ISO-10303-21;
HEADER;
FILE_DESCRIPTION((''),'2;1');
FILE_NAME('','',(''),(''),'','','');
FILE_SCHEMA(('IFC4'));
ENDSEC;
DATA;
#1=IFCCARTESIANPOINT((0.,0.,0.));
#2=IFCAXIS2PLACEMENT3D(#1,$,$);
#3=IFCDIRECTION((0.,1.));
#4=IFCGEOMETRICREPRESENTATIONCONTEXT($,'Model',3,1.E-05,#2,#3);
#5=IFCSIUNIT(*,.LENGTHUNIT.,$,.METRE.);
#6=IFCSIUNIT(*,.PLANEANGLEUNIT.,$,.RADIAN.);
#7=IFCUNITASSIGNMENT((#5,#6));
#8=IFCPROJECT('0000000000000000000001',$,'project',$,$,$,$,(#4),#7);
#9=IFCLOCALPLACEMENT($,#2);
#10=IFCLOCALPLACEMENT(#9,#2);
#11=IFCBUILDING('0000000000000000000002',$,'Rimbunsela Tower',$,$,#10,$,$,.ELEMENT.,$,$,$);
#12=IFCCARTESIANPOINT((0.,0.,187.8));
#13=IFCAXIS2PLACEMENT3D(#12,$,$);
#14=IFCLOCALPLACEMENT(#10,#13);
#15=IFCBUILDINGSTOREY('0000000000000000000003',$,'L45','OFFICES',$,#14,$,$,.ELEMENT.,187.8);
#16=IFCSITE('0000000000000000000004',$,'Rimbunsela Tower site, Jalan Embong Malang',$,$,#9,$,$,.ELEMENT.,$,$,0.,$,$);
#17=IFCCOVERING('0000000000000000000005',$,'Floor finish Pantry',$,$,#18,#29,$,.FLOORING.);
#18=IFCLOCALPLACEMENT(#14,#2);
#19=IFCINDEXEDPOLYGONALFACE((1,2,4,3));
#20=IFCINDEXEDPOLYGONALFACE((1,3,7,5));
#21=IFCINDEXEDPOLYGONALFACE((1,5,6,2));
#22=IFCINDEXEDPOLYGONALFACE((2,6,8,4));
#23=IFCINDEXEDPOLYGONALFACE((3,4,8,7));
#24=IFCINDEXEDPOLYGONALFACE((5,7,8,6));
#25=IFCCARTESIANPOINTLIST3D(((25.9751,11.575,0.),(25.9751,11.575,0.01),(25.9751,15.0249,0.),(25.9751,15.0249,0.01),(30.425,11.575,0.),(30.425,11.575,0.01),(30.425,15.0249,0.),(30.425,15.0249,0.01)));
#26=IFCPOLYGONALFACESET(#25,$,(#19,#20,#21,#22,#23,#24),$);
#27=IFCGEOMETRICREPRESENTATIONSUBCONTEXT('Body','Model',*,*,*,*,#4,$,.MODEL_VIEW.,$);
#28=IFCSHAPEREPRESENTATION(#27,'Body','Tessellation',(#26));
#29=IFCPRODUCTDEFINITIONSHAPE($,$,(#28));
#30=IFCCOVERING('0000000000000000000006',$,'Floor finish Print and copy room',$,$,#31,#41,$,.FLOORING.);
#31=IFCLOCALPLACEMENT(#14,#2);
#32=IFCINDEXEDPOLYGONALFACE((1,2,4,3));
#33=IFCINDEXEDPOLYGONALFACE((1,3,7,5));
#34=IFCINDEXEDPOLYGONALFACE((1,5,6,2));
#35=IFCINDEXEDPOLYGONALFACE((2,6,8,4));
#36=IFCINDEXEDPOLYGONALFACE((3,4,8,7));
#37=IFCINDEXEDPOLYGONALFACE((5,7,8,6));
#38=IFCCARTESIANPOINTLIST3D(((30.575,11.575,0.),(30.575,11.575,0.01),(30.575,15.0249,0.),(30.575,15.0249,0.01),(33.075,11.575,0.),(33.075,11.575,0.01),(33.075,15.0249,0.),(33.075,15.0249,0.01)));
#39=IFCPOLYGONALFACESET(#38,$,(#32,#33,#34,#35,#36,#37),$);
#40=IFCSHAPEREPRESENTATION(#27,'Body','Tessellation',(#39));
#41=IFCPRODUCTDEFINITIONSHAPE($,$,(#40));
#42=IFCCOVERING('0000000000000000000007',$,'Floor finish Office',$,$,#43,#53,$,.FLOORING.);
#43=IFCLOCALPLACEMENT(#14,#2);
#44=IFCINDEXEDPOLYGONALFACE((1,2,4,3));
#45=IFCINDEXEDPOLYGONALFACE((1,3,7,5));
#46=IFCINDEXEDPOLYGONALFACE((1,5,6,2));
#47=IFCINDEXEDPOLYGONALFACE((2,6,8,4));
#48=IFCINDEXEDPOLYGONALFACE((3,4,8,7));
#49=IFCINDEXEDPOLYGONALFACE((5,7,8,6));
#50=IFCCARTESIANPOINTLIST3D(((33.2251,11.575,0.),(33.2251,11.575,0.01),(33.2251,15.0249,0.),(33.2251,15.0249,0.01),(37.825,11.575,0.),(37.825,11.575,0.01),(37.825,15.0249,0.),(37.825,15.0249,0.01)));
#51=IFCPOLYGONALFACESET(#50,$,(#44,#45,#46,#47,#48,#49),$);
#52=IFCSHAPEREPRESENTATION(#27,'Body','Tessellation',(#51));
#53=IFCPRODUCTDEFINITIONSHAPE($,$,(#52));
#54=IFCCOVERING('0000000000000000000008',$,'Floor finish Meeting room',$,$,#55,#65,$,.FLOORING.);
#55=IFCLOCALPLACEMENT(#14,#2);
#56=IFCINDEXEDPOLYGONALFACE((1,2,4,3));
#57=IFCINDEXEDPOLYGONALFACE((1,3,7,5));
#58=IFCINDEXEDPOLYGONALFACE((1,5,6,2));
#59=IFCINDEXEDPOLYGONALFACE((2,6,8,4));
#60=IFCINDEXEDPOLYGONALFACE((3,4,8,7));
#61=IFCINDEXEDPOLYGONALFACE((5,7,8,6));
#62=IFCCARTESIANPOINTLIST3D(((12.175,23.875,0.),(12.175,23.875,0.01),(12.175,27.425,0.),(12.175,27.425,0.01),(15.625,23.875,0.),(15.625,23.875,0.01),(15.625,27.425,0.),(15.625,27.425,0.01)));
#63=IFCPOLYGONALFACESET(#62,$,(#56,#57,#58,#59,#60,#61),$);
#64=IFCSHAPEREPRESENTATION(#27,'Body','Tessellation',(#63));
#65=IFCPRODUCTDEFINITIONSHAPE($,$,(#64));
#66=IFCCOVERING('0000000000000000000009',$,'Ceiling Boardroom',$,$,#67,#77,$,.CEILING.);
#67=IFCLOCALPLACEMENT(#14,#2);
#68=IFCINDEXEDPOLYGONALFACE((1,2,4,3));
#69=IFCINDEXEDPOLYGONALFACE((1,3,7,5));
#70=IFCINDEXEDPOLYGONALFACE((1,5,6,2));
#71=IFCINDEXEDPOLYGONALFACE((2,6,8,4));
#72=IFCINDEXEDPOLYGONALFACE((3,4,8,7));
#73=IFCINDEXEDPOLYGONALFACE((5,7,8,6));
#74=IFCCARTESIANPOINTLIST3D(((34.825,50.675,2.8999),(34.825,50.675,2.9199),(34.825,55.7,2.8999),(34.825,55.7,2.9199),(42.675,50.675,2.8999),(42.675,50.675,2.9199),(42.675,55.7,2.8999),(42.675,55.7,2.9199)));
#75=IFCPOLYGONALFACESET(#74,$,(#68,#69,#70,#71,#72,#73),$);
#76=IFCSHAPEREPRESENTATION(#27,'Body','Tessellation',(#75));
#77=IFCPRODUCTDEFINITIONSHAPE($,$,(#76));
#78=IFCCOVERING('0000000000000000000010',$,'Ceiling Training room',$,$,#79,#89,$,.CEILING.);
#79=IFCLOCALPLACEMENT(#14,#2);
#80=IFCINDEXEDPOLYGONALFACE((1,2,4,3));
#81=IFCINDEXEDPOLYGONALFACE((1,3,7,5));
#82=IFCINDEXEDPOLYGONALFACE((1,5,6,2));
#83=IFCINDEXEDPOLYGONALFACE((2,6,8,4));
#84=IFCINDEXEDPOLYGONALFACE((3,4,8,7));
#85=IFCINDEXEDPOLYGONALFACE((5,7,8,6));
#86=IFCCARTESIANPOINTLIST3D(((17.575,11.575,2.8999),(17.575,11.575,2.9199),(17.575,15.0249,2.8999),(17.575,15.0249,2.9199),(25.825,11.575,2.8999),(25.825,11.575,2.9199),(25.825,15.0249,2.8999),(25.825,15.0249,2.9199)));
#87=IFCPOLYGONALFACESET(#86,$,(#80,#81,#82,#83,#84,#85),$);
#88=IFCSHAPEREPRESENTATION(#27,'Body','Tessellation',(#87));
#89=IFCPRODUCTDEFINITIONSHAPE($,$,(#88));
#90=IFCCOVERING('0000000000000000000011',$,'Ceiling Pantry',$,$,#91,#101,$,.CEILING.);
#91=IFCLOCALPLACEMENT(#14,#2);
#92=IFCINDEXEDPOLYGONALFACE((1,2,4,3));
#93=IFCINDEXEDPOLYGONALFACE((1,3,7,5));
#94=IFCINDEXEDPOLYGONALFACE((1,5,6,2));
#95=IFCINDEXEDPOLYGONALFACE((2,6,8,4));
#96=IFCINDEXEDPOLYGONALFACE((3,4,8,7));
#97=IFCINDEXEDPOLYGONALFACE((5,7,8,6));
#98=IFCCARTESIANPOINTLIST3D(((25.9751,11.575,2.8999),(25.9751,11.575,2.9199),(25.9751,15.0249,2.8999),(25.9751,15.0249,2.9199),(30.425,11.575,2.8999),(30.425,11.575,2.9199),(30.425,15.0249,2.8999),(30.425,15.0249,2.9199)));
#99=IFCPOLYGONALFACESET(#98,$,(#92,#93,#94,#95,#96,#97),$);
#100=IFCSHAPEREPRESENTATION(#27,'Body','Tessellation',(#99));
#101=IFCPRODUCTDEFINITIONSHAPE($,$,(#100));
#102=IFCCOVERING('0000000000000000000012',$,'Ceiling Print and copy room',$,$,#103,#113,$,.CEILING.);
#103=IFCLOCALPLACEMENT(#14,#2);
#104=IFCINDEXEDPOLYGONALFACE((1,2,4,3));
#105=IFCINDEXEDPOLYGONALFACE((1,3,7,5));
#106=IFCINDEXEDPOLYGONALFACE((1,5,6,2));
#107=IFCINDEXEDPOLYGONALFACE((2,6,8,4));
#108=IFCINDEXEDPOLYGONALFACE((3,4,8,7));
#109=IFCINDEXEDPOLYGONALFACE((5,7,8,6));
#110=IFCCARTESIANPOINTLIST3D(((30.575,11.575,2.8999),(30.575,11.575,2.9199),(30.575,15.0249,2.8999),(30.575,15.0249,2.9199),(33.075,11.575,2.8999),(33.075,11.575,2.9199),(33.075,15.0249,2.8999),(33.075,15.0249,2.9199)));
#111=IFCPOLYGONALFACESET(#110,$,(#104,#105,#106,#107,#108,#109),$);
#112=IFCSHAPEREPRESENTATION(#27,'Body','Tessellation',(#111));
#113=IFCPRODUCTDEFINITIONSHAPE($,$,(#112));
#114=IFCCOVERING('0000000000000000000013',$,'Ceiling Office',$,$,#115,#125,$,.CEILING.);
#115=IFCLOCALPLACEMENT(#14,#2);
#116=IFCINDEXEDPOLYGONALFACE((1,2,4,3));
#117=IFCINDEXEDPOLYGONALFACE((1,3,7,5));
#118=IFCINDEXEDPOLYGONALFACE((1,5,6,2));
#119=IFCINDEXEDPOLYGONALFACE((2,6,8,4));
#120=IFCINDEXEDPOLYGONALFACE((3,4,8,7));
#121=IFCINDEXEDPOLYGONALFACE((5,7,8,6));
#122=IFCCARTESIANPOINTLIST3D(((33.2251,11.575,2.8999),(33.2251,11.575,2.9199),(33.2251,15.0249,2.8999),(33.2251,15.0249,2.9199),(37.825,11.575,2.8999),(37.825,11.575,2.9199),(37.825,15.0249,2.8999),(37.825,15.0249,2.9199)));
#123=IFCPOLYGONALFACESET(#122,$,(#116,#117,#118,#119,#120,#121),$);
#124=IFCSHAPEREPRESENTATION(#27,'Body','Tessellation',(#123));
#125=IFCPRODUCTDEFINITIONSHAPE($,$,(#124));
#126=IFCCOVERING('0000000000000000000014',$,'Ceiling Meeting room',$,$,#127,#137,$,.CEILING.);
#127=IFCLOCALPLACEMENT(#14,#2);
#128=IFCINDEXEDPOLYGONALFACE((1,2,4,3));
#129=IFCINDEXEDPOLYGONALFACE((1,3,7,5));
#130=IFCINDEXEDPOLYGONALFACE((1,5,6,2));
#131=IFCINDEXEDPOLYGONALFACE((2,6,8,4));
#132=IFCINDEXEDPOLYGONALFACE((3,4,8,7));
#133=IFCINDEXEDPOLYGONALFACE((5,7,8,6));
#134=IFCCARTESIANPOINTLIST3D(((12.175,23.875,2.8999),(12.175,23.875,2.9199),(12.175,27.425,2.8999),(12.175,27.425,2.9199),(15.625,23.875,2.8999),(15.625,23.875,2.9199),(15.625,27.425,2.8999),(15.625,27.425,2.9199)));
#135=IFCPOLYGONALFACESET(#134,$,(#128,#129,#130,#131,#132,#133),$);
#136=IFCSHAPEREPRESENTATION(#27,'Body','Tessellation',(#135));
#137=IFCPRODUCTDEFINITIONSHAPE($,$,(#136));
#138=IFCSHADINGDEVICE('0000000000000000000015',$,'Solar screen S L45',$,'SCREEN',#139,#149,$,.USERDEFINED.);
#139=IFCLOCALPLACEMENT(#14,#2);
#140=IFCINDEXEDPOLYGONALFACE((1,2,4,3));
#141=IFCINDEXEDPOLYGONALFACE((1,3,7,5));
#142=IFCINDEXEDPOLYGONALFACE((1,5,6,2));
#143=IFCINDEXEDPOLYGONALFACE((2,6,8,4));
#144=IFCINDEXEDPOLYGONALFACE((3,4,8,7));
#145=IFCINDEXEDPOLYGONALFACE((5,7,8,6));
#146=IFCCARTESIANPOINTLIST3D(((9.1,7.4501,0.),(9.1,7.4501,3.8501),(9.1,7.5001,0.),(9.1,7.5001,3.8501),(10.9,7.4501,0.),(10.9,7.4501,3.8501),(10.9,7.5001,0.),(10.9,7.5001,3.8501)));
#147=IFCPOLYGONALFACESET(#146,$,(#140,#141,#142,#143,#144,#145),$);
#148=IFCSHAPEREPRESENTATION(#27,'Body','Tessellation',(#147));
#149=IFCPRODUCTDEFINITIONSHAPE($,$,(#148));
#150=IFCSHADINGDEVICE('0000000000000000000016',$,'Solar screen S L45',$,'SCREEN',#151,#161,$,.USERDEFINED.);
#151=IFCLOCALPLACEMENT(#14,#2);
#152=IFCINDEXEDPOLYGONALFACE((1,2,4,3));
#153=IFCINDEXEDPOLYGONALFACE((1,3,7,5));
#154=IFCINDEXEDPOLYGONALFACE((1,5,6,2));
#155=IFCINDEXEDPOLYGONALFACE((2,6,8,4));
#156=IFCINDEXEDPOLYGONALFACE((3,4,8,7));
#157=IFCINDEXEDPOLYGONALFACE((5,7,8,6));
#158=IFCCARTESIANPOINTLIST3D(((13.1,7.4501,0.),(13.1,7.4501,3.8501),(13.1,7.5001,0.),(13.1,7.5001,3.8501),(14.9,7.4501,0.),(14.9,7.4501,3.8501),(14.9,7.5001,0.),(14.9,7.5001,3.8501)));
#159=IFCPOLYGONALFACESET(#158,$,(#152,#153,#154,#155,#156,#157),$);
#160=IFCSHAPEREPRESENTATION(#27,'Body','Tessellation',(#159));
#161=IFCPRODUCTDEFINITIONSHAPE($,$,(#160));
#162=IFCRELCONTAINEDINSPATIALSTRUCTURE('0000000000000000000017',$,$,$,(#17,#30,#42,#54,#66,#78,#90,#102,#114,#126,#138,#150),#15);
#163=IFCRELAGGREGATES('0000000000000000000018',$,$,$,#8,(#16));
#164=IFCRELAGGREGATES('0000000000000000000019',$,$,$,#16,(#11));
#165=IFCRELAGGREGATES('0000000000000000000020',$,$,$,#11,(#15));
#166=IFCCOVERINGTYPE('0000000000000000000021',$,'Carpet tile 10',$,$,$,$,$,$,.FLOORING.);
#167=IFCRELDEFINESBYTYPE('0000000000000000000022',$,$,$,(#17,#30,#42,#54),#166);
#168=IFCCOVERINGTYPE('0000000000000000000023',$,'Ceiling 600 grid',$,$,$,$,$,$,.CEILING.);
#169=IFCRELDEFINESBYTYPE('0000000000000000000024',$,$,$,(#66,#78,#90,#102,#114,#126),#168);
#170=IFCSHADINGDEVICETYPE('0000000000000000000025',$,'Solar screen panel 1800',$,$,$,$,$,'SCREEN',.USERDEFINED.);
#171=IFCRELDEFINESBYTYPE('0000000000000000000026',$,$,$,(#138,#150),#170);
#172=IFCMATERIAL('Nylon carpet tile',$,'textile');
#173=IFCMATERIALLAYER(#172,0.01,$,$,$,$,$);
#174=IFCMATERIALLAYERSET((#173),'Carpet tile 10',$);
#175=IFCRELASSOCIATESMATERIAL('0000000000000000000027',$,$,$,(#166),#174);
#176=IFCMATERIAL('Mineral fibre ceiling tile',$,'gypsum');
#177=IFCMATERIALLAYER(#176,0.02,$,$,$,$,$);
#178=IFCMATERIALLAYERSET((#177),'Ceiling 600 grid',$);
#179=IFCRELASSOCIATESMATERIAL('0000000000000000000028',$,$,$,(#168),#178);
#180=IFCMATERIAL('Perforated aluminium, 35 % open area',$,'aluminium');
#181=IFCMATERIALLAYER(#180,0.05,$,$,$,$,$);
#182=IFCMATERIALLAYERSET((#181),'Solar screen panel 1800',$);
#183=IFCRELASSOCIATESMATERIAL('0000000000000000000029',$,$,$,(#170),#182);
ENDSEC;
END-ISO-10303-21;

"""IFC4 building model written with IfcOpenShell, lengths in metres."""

from ifc_helpers import new_model, si_unit, direction, frame, origin, origin_2d, place, context, subcontext, project, spatial, polyline, rectangle, outline, extrude, material, layer, layer_set, type_object, element, save


model = new_model("IFC4")

# Units and contexts
model_context = context("Model", 3, precision=1e-05, world=origin(), true_north=direction((0.0, 1.0)))
body_context = subcontext(model_context, "Body", "Model", "MODEL_VIEW")
ifc_project = project(units=[si_unit("LENGTHUNIT", "METRE"), si_unit("PLANEANGLEUNIT", "RADIAN")], contexts=[model_context])

# Site, building, storey
site_placement = place(None, origin())
site = spatial("IfcSite", under=ifc_project, at=site_placement, Name="Rimbunsela Tower site, Jalan Embong Malang", CompositionType="ELEMENT", RefElevation=0.0)
building_placement = place(site_placement, origin())
building = spatial("IfcBuilding", under=site, at=building_placement, Name="Rimbunsela Tower", CompositionType="ELEMENT")
storey_placement = place(building_placement, frame((0.0, 0.0, 187.8)))
storey = spatial("IfcBuildingStorey", under=building, at=storey_placement, Name="L45", Description="OFFICES", CompositionType="ELEMENT", Elevation=187.8)

# Coverings
ifc_material_1 = material(Name="Nylon carpet tile", Category="textile")
ifc_layer_1 = layer(ifc_material_1, 0.01)
ifc_layer_set_1 = layer_set([ifc_layer_1], Name="Carpet tile 10")
covering_type_1 = type_object("IfcCoveringType", Name="Carpet tile 10", PredefinedType="FLOORING", material=ifc_layer_set_1)
covering_1_placement = place(storey_placement, origin())
element("IfcCovering", 1, at=covering_1_placement, inside=storey, type_object=covering_type_1, Name="Floor finish Pantry", PredefinedType="FLOORING", context=body_context, shape_type="SweptSolid", body=[
    extrude(outline(polyline([(30.425, 11.575), (30.425, 15.0249), (25.9751, 15.0249), (25.9751, 11.575), (30.425, 11.575)])), origin(), (0.0, 0.0, 1.0), 0.01),
])
covering_2_placement = place(storey_placement, origin())
element("IfcCovering", 2, at=covering_2_placement, inside=storey, type_object=covering_type_1, Name="Floor finish Print and copy room", PredefinedType="FLOORING", context=body_context, shape_type="SweptSolid", body=[
    extrude(outline(polyline([(33.075, 11.575), (33.075, 15.0249), (30.575, 15.0249), (30.575, 11.575), (33.075, 11.575)])), origin(), (0.0, 0.0, 1.0), 0.01),
])
covering_3_placement = place(storey_placement, origin())
element("IfcCovering", 3, at=covering_3_placement, inside=storey, type_object=covering_type_1, Name="Floor finish Office", PredefinedType="FLOORING", context=body_context, shape_type="SweptSolid", body=[
    extrude(outline(polyline([(37.825, 11.575), (37.825, 15.0249), (33.2251, 15.0249), (33.2251, 11.575), (37.825, 11.575)])), origin(), (0.0, 0.0, 1.0), 0.01),
])
covering_4_placement = place(storey_placement, origin())
element("IfcCovering", 4, at=covering_4_placement, inside=storey, type_object=covering_type_1, Name="Floor finish Meeting room", PredefinedType="FLOORING", context=body_context, shape_type="SweptSolid", body=[
    extrude(outline(polyline([(15.625, 23.875), (15.625, 27.425), (12.175, 27.425), (12.175, 23.875), (15.625, 23.875)])), origin(), (0.0, 0.0, 1.0), 0.01),
])
ifc_material_2 = material(Name="Mineral fibre ceiling tile", Category="gypsum")
ifc_layer_2 = layer(ifc_material_2, 0.02)
ifc_layer_set_2 = layer_set([ifc_layer_2], Name="Ceiling 600 grid")
covering_type_2 = type_object("IfcCoveringType", Name="Ceiling 600 grid", PredefinedType="CEILING", material=ifc_layer_set_2)
covering_5_placement = place(storey_placement, frame((0.0, 0.0, 2.8999)))
element("IfcCovering", 5, at=covering_5_placement, inside=storey, type_object=covering_type_2, Name="Ceiling Boardroom", PredefinedType="CEILING", context=body_context, shape_type="SweptSolid", body=[
    extrude(outline(polyline([(42.675, 50.675), (42.675, 55.7), (34.825, 55.7), (34.825, 50.675), (42.675, 50.675)])), origin(), (0.0, 0.0, 1.0), 0.02),
])
covering_6_placement = place(storey_placement, frame((0.0, 0.0, 2.8999)))
element("IfcCovering", 6, at=covering_6_placement, inside=storey, type_object=covering_type_2, Name="Ceiling Training room", PredefinedType="CEILING", context=body_context, shape_type="SweptSolid", body=[
    extrude(outline(polyline([(25.825, 11.575), (25.825, 15.0249), (17.575, 15.0249), (17.575, 11.575), (25.825, 11.575)])), origin(), (0.0, 0.0, 1.0), 0.02),
])
covering_7_placement = place(storey_placement, frame((0.0, 0.0, 2.8999)))
element("IfcCovering", 7, at=covering_7_placement, inside=storey, type_object=covering_type_2, Name="Ceiling Pantry", PredefinedType="CEILING", context=body_context, shape_type="SweptSolid", body=[
    extrude(outline(polyline([(30.425, 11.575), (30.425, 15.0249), (25.9751, 15.0249), (25.9751, 11.575), (30.425, 11.575)])), origin(), (0.0, 0.0, 1.0), 0.02),
])
covering_8_placement = place(storey_placement, frame((0.0, 0.0, 2.8999)))
element("IfcCovering", 8, at=covering_8_placement, inside=storey, type_object=covering_type_2, Name="Ceiling Print and copy room", PredefinedType="CEILING", context=body_context, shape_type="SweptSolid", body=[
    extrude(outline(polyline([(33.075, 11.575), (33.075, 15.0249), (30.575, 15.0249), (30.575, 11.575), (33.075, 11.575)])), origin(), (0.0, 0.0, 1.0), 0.02),
])
covering_9_placement = place(storey_placement, frame((0.0, 0.0, 2.8999)))
element("IfcCovering", 9, at=covering_9_placement, inside=storey, type_object=covering_type_2, Name="Ceiling Office", PredefinedType="CEILING", context=body_context, shape_type="SweptSolid", body=[
    extrude(outline(polyline([(37.825, 11.575), (37.825, 15.0249), (33.2251, 15.0249), (33.2251, 11.575), (37.825, 11.575)])), origin(), (0.0, 0.0, 1.0), 0.02),
])
covering_10_placement = place(storey_placement, frame((0.0, 0.0, 2.8999)))
element("IfcCovering", 10, at=covering_10_placement, inside=storey, type_object=covering_type_2, Name="Ceiling Meeting room", PredefinedType="CEILING", context=body_context, shape_type="SweptSolid", body=[
    extrude(outline(polyline([(15.625, 23.875), (15.625, 27.425), (12.175, 27.425), (12.175, 23.875), (15.625, 23.875)])), origin(), (0.0, 0.0, 1.0), 0.02),
])

# Shading devices
ifc_material_3 = material(Name="Perforated aluminium, 35 % open area", Category="aluminium")
ifc_layer_3 = layer(ifc_material_3, 0.05)
ifc_layer_set_3 = layer_set([ifc_layer_3], Name="Solar screen panel 1800")
shading_device_type = type_object("IfcShadingDeviceType", Name="Solar screen panel 1800", ElementType="SCREEN", PredefinedType="USERDEFINED", material=ifc_layer_set_3)
for number, where, z_axis, x_axis, name in (
    (11, (10.0, 7.4751, 0.0), (0.0, 0.0, 1.0), (1.0, 0.0, 0.0), "Solar screen S L45"),
    (12, (14.0, 7.4751, 0.0), (0.0, 0.0, 1.0), (1.0, 0.0, 0.0), "Solar screen S L45"),
):
    element("IfcShadingDevice", number, at=place(storey_placement, frame(where, z_axis=z_axis, x_axis=x_axis)), inside=storey, type_object=shading_device_type, Name=name, ObjectType="SCREEN", PredefinedType="USERDEFINED", context=body_context, shape_type="SweptSolid", body=[
        extrude(rectangle(XDim=1.8, YDim=0.05, at=origin_2d()), origin(), (0.0, 0.0, 1.0), 3.8501),
    ])

save(model, "model.ifc")
